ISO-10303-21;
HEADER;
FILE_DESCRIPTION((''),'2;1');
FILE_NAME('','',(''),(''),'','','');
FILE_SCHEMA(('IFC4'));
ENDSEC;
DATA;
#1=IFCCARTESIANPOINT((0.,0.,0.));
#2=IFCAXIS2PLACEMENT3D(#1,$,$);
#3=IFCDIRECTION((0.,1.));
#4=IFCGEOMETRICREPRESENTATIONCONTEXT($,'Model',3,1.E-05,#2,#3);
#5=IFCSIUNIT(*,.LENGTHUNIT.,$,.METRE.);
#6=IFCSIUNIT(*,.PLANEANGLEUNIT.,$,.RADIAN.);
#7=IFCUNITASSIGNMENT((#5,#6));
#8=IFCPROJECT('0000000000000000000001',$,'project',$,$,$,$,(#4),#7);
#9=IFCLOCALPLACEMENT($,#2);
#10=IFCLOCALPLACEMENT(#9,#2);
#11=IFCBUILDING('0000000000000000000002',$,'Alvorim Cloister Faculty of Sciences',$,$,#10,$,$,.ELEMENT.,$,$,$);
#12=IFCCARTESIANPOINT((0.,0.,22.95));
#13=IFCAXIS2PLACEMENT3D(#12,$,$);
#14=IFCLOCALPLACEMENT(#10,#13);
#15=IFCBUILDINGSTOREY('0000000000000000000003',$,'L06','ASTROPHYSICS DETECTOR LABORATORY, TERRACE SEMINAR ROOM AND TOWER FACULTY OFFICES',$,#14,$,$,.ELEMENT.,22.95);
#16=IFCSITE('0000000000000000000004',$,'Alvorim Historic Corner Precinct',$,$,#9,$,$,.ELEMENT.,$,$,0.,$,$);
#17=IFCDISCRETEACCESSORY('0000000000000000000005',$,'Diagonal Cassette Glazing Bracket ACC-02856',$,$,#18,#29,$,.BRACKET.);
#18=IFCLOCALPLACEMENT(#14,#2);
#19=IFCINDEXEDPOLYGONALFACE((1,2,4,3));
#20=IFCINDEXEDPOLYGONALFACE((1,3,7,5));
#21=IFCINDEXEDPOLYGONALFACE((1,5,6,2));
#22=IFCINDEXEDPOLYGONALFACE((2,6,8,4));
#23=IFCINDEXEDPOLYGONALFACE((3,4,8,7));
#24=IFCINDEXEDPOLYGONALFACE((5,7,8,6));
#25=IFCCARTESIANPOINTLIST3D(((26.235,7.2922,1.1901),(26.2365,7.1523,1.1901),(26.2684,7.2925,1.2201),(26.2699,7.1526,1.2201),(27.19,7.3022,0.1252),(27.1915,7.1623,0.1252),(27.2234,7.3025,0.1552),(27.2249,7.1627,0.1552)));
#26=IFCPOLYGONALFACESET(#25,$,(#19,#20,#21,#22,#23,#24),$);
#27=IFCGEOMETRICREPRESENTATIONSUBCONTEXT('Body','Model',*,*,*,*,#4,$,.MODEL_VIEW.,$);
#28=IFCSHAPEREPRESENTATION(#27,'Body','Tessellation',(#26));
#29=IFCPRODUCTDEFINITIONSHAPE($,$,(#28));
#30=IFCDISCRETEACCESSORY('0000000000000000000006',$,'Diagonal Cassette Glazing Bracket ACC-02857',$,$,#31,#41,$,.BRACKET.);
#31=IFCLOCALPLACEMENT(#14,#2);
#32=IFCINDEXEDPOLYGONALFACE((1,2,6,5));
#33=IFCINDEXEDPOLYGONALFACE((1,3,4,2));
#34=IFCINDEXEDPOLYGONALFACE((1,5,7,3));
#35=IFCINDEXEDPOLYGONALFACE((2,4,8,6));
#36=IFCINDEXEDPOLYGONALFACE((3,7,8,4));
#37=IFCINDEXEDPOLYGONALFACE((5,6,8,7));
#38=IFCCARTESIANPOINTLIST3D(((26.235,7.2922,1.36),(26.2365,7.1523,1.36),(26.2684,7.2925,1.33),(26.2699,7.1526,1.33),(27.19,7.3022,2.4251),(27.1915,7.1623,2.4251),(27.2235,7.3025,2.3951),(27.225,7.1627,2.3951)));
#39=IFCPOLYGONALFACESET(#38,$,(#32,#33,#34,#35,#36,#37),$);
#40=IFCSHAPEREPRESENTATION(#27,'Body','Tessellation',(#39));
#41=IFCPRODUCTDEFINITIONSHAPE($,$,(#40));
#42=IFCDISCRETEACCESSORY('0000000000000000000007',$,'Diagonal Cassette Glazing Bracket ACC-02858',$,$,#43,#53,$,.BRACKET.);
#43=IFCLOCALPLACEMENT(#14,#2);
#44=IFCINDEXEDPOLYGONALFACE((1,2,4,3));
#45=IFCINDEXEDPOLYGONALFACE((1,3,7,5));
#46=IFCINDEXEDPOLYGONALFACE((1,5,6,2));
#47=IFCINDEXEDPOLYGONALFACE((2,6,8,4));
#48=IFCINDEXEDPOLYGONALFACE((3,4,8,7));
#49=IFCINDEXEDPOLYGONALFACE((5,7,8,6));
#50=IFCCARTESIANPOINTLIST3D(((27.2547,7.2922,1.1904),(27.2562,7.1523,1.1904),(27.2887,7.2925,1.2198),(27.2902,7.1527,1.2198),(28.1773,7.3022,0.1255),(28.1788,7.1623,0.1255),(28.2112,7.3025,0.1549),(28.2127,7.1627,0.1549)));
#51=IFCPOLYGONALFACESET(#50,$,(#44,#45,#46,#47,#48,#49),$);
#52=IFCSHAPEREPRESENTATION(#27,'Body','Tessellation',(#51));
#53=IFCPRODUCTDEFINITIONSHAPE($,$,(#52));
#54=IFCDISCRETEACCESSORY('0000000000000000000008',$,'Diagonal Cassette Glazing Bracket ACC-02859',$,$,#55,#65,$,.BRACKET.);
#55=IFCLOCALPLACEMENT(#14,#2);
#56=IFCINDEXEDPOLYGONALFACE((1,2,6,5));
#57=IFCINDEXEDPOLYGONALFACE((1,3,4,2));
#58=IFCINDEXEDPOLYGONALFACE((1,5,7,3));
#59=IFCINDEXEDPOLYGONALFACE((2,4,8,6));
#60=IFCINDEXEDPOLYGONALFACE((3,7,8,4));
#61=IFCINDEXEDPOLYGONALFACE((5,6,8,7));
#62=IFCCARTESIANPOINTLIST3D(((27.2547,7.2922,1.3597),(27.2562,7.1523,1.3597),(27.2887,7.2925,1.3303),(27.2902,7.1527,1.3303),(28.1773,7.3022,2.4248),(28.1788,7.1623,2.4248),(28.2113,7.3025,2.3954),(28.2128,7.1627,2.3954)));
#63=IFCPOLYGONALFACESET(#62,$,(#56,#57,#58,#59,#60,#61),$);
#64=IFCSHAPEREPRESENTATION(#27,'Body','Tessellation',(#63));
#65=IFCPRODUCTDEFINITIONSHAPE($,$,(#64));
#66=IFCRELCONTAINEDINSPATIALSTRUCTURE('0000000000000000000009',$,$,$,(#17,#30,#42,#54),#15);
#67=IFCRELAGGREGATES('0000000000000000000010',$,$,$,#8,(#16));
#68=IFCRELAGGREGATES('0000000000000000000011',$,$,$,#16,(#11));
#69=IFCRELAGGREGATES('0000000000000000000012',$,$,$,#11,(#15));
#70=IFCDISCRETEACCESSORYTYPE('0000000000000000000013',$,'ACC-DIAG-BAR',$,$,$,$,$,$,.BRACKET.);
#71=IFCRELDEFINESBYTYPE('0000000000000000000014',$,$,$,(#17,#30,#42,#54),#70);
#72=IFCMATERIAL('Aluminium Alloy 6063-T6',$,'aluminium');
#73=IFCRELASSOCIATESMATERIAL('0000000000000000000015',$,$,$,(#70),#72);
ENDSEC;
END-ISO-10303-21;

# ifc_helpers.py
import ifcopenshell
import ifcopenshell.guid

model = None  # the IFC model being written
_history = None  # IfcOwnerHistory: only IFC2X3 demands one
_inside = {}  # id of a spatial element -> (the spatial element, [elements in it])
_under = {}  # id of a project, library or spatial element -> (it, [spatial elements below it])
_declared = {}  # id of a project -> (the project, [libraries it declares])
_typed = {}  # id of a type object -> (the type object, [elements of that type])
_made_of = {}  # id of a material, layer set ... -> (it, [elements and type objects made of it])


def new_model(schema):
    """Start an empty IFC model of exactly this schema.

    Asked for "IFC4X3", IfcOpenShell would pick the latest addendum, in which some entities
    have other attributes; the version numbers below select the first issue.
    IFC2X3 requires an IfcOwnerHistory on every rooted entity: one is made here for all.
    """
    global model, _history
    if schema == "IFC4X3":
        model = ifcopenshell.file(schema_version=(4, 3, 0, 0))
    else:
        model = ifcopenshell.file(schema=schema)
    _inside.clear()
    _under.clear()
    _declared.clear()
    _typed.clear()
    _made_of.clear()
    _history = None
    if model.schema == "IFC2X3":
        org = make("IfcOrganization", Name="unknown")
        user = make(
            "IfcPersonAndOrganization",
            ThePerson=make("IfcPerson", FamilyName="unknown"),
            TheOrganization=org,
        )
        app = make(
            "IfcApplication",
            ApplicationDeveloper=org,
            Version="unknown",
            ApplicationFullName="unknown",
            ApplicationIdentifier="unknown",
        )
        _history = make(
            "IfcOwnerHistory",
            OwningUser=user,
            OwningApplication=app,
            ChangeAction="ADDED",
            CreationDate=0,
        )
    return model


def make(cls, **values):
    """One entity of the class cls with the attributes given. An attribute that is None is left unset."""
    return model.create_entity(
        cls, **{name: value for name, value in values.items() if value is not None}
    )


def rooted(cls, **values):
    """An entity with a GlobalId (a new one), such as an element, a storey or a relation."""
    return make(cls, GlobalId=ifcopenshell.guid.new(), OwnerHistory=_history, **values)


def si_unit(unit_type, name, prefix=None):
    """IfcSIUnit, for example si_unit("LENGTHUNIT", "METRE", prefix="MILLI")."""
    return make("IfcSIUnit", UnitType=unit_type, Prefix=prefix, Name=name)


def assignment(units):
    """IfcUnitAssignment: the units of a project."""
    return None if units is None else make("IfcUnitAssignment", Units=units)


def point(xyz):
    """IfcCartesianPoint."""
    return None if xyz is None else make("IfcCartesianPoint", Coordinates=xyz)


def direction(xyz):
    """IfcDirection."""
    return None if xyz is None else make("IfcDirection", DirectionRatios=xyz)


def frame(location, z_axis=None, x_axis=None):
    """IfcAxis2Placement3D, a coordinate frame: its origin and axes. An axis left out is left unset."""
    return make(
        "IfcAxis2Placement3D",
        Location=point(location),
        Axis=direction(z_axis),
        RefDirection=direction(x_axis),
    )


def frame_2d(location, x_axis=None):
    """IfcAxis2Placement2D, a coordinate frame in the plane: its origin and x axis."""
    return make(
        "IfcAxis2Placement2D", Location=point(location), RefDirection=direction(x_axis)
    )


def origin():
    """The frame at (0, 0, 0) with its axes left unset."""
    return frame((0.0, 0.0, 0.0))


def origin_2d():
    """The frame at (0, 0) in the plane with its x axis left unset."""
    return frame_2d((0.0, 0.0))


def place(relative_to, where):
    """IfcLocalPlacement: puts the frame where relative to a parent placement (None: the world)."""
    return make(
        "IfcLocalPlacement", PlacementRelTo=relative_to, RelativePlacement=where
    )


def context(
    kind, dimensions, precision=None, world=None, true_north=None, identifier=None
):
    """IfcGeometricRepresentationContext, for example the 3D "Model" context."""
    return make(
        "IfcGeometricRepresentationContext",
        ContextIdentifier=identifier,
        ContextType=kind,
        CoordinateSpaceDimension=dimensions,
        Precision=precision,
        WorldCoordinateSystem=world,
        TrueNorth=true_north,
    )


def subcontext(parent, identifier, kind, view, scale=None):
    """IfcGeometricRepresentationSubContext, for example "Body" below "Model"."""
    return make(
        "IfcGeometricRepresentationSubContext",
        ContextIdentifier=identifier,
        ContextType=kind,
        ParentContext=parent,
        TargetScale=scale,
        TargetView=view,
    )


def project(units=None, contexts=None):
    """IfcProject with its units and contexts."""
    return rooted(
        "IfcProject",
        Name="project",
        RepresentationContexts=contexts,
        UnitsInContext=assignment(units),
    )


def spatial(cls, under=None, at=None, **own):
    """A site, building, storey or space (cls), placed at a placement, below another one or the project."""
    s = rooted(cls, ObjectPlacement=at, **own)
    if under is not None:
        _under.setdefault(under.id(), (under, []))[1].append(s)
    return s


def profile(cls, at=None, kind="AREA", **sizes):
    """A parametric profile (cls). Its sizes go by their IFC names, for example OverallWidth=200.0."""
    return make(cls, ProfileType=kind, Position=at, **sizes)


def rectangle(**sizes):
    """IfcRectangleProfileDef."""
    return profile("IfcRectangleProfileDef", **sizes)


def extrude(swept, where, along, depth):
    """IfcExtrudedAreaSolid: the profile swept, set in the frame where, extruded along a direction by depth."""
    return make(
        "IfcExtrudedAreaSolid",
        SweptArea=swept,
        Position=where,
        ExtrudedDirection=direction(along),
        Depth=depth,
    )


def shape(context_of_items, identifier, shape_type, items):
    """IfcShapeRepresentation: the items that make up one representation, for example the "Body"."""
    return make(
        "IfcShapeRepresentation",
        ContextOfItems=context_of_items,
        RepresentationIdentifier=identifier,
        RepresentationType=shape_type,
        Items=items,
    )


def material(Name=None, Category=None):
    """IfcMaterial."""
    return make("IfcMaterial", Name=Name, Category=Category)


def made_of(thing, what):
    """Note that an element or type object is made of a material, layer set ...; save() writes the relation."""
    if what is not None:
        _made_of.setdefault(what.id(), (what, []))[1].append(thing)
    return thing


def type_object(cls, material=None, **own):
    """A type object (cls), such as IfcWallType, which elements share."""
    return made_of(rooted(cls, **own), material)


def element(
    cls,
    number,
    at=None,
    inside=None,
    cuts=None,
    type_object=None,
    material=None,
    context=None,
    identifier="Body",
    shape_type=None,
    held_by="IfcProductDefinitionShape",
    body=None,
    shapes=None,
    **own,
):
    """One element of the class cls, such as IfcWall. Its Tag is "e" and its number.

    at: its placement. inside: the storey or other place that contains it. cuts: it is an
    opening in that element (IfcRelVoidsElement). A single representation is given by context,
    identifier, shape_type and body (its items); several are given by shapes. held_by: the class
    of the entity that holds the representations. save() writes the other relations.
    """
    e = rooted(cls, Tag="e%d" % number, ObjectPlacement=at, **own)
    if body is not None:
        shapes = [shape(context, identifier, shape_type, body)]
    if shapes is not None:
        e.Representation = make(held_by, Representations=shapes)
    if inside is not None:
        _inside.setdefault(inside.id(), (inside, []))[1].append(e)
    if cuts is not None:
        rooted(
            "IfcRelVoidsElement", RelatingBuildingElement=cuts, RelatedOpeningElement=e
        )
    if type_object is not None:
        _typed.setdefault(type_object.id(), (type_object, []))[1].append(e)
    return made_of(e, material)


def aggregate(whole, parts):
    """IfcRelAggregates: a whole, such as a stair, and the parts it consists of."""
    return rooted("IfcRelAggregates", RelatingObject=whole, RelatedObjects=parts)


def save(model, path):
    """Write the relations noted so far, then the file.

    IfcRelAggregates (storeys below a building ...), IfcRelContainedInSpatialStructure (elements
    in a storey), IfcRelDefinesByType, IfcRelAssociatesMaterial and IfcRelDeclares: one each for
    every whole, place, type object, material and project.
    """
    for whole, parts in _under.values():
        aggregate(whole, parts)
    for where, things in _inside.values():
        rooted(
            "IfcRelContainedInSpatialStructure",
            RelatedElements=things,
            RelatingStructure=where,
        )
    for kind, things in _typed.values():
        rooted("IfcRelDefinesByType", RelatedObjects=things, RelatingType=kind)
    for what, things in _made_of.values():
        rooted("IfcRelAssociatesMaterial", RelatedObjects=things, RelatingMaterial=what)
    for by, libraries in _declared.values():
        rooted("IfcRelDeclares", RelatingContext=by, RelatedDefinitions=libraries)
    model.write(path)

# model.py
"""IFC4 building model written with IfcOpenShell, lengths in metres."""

from ifc_helpers import new_model, si_unit, direction, frame, origin, origin_2d, place, context, subcontext, project, spatial, rectangle, extrude, material, type_object, element, save


model = new_model("IFC4")

# Units and contexts
model_context = context("Model", 3, precision=1e-05, world=origin(), true_north=direction((0.0, 1.0)))
body_context = subcontext(model_context, "Body", "Model", "MODEL_VIEW")
ifc_project = project(units=[si_unit("LENGTHUNIT", "METRE"), si_unit("PLANEANGLEUNIT", "RADIAN")], contexts=[model_context])

# Site, building, storey
site_placement = place(None, origin())
site = spatial("IfcSite", under=ifc_project, at=site_placement, Name="Alvorim Historic Corner Precinct", CompositionType="ELEMENT", RefElevation=0.0)
building_placement = place(site_placement, origin())
building = spatial("IfcBuilding", under=site, at=building_placement, Name="Alvorim Cloister Faculty of Sciences", CompositionType="ELEMENT")
storey_placement = place(building_placement, frame((0.0, 0.0, 22.95)))
storey = spatial("IfcBuildingStorey", under=building, at=storey_placement, Name="L06", Description="ASTROPHYSICS DETECTOR LABORATORY, TERRACE SEMINAR ROOM AND TOWER FACULTY OFFICES", CompositionType="ELEMENT", Elevation=22.95)

# Shared definitions
ifc_material_1 = material(Name="Aluminium Alloy 6063-T6", Category="aluminium")

# Discrete accessories
discrete_accessory_type = type_object("IfcDiscreteAccessoryType", Name="ACC-DIAG-BAR", PredefinedType="BRACKET", material=ifc_material_1)
discrete_accessory_1_placement = place(storey_placement, frame((26.2524, 7.2224, 1.2051), z_axis=(0.667646, 0.006997, -0.744446), x_axis=(-0.01048, 0.999945, 0.0)))
element("IfcDiscreteAccessory", 1, at=discrete_accessory_1_placement, inside=storey, type_object=discrete_accessory_type, Name="Diagonal Cassette Glazing Bracket ACC-02856", PredefinedType="BRACKET", context=body_context, shape_type="SweptSolid", body=[
    extrude(rectangle(XDim=0.1399, YDim=0.0449, at=origin_2d()), origin(), (0.0, 0.0, 1.0), 1.4304),
])
discrete_accessory_2_placement = place(storey_placement, frame((26.2524, 7.2224, 1.345), z_axis=(0.667561, 0.006996, 0.744522), x_axis=(-0.01048, 0.999945, 0.0)))
element("IfcDiscreteAccessory", 2, at=discrete_accessory_2_placement, inside=storey, type_object=discrete_accessory_type, Name="Diagonal Cassette Glazing Bracket ACC-02857", PredefinedType="BRACKET", context=body_context, shape_type="SweptSolid", body=[
    extrude(rectangle(XDim=0.1399, YDim=0.0449, at=origin_2d()), origin(), (0.0, 0.0, 1.0), 1.4307),
])
discrete_accessory_3_placement = place(storey_placement, frame((27.2725, 7.2224, 1.2051), z_axis=(0.654775, 0.007104, -0.75579), x_axis=(-0.010849, 0.999941, 0.0)))
element("IfcDiscreteAccessory", 3, at=discrete_accessory_3_placement, inside=storey, type_object=discrete_accessory_type, Name="Diagonal Cassette Glazing Bracket ACC-02858", PredefinedType="BRACKET", context=body_context, shape_type="SweptSolid", body=[
    extrude(rectangle(XDim=0.1399, YDim=0.0449, at=origin_2d()), origin(), (0.0, 0.0, 1.0), 1.4089),
])
discrete_accessory_4_placement = place(storey_placement, frame((27.2725, 7.2224, 1.345), z_axis=(0.65469, 0.007103, 0.755864), x_axis=(-0.010849, 0.999941, 0.0)))
element("IfcDiscreteAccessory", 4, at=discrete_accessory_4_placement, inside=storey, type_object=discrete_accessory_type, Name="Diagonal Cassette Glazing Bracket ACC-02859", PredefinedType="BRACKET", context=body_context, shape_type="SweptSolid", body=[
    extrude(rectangle(XDim=0.1399, YDim=0.0449, at=origin_2d()), origin(), (0.0, 0.0, 1.0), 1.4092),
])

save(model, "model.ifc")
